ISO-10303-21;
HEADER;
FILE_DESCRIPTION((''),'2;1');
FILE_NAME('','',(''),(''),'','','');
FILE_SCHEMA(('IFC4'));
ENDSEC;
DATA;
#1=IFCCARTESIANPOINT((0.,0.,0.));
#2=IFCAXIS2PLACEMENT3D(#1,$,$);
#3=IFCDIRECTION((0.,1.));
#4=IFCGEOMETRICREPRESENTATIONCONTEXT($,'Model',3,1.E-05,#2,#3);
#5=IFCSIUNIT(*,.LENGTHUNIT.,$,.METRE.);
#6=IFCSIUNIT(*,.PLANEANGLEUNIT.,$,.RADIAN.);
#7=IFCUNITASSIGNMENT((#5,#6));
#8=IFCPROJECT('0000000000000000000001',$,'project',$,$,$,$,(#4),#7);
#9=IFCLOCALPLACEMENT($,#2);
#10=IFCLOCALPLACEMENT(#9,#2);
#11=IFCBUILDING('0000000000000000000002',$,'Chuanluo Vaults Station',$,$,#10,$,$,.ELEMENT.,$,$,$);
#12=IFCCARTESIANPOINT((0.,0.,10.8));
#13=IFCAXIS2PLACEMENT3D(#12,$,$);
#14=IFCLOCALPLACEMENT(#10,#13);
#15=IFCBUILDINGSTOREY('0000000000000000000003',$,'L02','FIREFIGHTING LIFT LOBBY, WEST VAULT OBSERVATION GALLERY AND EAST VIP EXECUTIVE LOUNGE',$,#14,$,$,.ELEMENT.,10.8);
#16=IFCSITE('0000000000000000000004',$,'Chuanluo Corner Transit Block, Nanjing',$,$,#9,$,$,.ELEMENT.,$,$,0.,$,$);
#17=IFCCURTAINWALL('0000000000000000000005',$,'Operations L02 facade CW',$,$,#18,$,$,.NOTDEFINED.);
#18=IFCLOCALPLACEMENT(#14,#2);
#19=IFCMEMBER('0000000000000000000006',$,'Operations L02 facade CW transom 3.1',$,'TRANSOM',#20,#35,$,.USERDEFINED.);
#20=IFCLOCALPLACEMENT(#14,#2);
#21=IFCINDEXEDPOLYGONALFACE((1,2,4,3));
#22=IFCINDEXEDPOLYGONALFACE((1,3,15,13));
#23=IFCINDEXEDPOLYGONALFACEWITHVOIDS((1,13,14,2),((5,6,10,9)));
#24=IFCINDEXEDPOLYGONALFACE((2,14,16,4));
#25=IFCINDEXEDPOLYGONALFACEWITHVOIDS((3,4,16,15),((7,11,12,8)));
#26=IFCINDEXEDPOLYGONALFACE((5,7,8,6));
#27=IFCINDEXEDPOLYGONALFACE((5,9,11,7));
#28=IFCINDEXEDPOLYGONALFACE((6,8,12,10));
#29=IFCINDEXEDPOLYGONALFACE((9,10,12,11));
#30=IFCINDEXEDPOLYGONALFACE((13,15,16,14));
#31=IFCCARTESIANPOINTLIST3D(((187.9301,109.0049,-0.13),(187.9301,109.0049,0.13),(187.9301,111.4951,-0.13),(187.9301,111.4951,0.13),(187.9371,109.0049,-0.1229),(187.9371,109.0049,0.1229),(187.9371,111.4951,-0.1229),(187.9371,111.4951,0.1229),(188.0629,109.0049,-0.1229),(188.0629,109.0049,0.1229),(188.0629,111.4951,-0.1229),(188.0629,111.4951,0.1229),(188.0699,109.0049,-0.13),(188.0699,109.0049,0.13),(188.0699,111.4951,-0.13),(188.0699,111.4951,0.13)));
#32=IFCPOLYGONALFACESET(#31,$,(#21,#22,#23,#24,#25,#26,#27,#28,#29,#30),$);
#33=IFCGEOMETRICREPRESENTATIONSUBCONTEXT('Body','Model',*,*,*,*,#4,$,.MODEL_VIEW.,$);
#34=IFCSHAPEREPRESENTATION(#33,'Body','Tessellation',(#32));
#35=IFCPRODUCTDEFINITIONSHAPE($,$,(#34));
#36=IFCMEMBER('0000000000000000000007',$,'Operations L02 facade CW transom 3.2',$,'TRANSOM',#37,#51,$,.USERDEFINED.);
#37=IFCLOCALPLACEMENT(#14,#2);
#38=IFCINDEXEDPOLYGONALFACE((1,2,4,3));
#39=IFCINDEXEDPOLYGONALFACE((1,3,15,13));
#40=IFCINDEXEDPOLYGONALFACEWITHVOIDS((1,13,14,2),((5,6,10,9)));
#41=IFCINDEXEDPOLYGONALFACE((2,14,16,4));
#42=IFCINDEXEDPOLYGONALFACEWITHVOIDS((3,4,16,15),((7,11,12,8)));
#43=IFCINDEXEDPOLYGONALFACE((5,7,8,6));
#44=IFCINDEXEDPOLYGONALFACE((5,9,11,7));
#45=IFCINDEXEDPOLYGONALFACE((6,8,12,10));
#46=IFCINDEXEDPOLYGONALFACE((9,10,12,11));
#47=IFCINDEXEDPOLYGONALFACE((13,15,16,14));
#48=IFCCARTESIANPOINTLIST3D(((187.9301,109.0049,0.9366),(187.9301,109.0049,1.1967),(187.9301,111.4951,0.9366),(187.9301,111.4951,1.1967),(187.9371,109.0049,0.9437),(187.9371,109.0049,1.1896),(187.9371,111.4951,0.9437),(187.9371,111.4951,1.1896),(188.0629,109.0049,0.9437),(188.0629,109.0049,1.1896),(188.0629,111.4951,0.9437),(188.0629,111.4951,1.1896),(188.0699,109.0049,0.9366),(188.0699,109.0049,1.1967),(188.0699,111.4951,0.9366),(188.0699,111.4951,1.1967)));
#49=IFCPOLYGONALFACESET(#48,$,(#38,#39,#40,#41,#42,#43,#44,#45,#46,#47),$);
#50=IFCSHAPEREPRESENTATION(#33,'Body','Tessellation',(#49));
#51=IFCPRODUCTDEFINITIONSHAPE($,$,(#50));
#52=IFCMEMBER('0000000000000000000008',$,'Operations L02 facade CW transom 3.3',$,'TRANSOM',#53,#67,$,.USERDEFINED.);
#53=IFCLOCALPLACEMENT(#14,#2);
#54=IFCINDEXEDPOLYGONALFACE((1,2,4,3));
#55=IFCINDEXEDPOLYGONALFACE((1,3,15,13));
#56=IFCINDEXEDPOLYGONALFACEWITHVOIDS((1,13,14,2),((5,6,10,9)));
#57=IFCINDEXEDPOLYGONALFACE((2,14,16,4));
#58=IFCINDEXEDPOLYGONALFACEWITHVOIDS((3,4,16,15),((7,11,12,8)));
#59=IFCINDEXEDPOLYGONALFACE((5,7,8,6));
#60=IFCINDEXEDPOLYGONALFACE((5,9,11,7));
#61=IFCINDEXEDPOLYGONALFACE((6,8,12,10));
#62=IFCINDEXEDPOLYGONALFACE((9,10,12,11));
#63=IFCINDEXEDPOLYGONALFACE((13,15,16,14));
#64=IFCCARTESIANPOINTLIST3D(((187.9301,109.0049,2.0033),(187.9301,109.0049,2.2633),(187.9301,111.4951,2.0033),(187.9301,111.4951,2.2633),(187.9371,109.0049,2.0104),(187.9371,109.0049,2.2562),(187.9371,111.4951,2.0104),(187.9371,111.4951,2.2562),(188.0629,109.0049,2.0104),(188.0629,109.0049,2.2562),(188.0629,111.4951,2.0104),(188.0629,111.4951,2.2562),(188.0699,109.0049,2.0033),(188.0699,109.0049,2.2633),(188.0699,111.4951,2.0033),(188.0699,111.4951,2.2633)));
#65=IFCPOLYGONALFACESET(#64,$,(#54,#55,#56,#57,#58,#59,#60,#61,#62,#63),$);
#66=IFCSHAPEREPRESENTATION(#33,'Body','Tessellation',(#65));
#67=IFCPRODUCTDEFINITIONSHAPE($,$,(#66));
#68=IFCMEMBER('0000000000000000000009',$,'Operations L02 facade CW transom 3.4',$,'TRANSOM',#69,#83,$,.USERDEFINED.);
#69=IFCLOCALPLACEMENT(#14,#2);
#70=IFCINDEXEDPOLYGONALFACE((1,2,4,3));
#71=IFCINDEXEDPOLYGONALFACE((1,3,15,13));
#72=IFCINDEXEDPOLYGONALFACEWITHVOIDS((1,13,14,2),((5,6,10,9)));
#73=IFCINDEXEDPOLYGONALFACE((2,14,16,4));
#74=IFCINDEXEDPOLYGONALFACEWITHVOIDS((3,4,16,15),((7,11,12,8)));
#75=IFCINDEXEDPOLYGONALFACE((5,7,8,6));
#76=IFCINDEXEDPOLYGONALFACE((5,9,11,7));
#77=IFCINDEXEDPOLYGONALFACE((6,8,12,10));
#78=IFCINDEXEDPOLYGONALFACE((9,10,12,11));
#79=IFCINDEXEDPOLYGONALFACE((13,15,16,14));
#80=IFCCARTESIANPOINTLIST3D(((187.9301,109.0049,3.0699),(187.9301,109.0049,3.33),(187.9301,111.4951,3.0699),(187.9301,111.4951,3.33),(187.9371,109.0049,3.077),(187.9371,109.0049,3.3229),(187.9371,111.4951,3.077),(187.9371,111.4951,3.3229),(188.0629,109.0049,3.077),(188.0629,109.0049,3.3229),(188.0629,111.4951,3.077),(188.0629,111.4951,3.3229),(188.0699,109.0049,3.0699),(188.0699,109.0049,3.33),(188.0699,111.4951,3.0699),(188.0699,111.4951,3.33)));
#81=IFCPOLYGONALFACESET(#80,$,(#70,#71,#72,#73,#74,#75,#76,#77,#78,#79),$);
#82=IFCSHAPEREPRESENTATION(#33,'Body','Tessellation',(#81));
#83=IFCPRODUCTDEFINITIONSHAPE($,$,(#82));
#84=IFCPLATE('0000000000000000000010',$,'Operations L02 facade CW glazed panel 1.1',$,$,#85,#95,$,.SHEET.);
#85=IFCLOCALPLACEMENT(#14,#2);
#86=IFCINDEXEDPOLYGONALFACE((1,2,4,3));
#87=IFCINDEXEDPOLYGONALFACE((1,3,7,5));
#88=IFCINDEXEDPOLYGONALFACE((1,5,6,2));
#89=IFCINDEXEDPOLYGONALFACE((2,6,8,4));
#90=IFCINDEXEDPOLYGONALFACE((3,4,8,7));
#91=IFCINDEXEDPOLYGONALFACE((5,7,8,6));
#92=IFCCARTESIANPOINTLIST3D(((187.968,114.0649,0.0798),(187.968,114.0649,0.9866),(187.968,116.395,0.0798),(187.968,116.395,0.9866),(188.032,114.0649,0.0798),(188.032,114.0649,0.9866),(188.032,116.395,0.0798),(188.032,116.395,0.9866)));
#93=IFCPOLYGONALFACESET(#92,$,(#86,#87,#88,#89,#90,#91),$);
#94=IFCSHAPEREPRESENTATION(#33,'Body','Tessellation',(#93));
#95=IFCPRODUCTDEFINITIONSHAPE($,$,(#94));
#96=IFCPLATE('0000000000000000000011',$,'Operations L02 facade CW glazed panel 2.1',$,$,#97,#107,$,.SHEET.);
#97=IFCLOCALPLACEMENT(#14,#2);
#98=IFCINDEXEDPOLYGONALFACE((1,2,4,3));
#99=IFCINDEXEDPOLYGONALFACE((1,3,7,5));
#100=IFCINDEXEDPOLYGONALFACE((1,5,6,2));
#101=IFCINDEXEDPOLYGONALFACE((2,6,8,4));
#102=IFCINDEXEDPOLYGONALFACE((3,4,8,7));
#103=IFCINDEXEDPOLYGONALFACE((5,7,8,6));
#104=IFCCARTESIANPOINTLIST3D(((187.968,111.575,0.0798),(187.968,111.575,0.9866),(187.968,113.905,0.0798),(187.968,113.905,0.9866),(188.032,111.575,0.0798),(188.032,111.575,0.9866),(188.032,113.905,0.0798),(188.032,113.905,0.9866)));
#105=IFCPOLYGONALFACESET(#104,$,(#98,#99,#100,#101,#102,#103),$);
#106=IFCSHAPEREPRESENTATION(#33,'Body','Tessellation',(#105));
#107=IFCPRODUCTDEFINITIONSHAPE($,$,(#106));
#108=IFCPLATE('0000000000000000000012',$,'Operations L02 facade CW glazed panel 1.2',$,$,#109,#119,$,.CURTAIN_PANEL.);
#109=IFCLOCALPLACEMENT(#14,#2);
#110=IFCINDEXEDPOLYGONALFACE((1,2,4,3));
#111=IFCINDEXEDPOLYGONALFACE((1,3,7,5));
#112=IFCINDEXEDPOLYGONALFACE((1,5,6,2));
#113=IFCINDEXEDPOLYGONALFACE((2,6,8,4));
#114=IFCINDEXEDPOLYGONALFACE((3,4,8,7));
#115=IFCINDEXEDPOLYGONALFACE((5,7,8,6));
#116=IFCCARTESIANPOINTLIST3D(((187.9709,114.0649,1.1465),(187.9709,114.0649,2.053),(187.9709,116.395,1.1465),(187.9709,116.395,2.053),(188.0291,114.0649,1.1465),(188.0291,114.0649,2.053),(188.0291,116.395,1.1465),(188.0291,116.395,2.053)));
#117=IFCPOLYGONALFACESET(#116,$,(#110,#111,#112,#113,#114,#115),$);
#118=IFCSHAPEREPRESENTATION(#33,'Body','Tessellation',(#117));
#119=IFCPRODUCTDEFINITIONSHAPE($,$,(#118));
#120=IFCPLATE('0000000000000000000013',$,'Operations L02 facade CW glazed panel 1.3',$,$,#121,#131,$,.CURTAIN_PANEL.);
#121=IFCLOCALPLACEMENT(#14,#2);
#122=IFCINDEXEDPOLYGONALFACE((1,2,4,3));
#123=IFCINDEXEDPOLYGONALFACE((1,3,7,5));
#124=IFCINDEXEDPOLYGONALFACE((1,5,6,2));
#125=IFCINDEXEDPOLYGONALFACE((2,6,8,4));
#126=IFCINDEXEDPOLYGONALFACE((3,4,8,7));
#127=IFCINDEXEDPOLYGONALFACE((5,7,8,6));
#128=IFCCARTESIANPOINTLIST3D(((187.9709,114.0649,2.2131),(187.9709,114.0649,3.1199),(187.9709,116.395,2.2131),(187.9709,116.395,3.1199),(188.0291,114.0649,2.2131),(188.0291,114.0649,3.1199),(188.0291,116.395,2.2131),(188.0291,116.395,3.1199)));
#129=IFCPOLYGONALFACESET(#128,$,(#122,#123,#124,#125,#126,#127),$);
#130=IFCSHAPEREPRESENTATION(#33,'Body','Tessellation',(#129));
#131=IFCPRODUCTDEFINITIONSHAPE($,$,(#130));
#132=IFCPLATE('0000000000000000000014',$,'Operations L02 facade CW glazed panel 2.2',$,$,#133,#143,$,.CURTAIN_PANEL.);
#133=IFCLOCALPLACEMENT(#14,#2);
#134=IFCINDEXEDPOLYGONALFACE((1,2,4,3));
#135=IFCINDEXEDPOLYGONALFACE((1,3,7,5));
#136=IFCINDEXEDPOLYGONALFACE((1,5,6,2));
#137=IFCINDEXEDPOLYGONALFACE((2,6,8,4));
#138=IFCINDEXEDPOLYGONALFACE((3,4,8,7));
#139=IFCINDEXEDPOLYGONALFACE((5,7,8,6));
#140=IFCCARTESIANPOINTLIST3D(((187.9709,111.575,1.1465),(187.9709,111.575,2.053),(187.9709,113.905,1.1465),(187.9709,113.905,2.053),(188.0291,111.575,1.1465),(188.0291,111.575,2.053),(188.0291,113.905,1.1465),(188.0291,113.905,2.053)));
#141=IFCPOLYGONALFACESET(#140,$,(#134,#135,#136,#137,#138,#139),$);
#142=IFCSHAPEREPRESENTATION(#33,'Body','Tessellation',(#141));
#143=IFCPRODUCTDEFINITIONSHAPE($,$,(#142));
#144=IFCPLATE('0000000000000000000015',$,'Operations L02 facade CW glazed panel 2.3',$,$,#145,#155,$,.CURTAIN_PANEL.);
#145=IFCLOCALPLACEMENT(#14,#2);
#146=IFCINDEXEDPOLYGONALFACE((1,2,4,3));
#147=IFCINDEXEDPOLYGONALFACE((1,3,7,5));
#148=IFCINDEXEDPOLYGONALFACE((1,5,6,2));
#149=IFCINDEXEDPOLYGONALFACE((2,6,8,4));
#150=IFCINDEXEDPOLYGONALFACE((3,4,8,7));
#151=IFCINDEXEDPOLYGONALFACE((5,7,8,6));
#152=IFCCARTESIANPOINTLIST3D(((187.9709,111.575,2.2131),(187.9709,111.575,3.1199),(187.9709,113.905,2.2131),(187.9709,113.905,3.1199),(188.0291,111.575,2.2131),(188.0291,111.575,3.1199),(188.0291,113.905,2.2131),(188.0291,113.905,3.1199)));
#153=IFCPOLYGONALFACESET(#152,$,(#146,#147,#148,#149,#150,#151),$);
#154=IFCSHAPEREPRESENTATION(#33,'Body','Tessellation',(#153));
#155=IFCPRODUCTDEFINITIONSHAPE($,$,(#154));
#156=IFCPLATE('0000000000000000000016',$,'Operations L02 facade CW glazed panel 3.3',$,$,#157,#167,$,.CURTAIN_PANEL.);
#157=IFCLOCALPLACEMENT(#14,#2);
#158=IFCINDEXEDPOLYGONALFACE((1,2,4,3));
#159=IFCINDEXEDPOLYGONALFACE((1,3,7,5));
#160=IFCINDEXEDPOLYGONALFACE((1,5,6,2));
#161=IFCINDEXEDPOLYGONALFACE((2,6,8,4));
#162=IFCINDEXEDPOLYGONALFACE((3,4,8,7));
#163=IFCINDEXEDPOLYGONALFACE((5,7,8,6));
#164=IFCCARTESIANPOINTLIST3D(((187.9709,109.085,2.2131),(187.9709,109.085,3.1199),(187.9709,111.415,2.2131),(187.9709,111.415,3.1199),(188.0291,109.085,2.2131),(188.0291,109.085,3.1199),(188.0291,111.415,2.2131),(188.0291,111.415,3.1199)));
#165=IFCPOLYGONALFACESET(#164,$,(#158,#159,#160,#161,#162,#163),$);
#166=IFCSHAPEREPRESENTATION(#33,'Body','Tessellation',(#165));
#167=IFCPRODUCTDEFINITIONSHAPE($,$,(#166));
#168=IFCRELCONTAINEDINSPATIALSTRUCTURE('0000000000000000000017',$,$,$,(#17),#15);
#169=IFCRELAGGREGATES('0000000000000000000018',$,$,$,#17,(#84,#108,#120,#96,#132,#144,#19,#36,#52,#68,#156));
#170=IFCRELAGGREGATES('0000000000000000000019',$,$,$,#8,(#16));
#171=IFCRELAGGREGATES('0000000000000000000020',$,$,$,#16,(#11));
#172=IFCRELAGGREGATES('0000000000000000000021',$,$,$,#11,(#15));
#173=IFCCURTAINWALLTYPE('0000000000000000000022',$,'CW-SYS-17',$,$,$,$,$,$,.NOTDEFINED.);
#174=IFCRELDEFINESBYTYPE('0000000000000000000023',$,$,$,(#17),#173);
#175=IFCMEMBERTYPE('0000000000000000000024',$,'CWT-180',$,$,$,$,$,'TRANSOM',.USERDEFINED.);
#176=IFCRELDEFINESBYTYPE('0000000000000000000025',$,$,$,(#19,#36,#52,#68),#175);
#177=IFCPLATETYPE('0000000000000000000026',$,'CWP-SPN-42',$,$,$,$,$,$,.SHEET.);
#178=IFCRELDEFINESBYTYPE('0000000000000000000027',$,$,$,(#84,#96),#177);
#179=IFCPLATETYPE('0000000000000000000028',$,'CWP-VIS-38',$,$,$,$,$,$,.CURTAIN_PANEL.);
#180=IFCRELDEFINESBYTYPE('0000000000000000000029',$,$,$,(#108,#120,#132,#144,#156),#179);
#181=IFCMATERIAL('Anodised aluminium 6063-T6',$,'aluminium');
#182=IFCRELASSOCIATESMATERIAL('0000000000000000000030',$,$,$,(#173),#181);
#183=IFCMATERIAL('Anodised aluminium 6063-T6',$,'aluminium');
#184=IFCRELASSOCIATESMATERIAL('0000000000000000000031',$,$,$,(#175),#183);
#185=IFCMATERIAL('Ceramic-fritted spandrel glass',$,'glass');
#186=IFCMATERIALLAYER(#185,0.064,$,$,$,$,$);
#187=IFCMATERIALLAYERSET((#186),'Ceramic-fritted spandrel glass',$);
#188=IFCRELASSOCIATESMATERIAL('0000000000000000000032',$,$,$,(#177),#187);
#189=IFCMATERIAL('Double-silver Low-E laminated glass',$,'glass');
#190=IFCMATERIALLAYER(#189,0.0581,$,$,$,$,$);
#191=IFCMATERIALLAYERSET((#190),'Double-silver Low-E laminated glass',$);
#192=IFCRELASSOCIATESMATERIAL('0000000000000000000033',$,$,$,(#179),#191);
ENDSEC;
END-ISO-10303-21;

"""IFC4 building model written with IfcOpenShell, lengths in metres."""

from ifc_helpers import new_model, si_unit, direction, frame, origin, origin_2d, place, context, subcontext, project, spatial, rectangle, hollow_rectangle, extrude, material, layer, layer_set, material_profile, profile_set, type_object, element, aggregate, save


model = new_model("IFC4")

# Units and contexts
model_context = context("Model", 3, precision=1e-05, world=origin(), true_north=direction((0.0, 1.0)))
body_context = subcontext(model_context, "Body", "Model", "MODEL_VIEW")
ifc_project = project(units=[si_unit("LENGTHUNIT", "METRE"), si_unit("PLANEANGLEUNIT", "RADIAN")], contexts=[model_context])

# Site, building, storey
site_placement = place(None, origin())
site = spatial("IfcSite", under=ifc_project, at=site_placement, Name="Chuanluo Corner Transit Block, Nanjing", CompositionType="ELEMENT", RefElevation=0.0)
building_placement = place(site_placement, origin())
building = spatial("IfcBuilding", under=site, at=building_placement, Name="Chuanluo Vaults Station", CompositionType="ELEMENT")
storey_placement = place(building_placement, frame((0.0, 0.0, 10.8)))
storey = spatial("IfcBuildingStorey", under=building, at=storey_placement, Name="L02", Description="FIREFIGHTING LIFT LOBBY, WEST VAULT OBSERVATION GALLERY AND EAST VIP EXECUTIVE LOUNGE", CompositionType="ELEMENT", Elevation=10.8)

# Curtain wall, members, plates
ifc_material_1 = material(Name="Anodised aluminium 6063-T6", Category="aluminium")
curtain_wall_type = type_object("IfcCurtainWallType", Name="CW-SYS-17", PredefinedType="NOTDEFINED", material=ifc_material_1)
curtain_wall_placement = place(storey_placement, origin())
curtain_wall = element("IfcCurtainWall", 1, at=curtain_wall_placement, inside=storey, type_object=curtain_wall_type, Name="Operations L02 facade CW", PredefinedType="NOTDEFINED")
ifc_material_2 = material(Name="Anodised aluminium 6063-T6", Category="aluminium")
ifc_material_profile_1 = material_profile(ifc_material_2, hollow_rectangle(XDim=0.1399, YDim=0.26, WallThickness=0.0071, at=origin_2d()))
ifc_profile_set_1 = profile_set([ifc_material_profile_1], Name="Anodised aluminium 6063-T6")
member_type_1 = type_object("IfcMemberType", Name="CWT-180", ElementType="TRANSOM", PredefinedType="USERDEFINED", material=ifc_profile_set_1)
member_1_placement = place(storey_placement, frame((188.0, 111.4951, 0.0), z_axis=(0.0, -1.0, 0.0), x_axis=(1.0, 0.0, 0.0)))
member_1 = element("IfcMember", 2, at=member_1_placement, type_object=member_type_1, Name="Operations L02 facade CW transom 3.1", ObjectType="TRANSOM", PredefinedType="USERDEFINED", context=body_context, shape_type="SweptSolid", body=[
    extrude(hollow_rectangle(XDim=0.1399, YDim=0.26, WallThickness=0.0071, at=origin_2d()), origin(), (0.0, 0.0, 1.0), 2.4902),
])
member_2_placement = place(storey_placement, frame((188.0, 111.4951, 1.0667), z_axis=(0.0, -1.0, 0.0), x_axis=(1.0, 0.0, 0.0)))
member_2 = element("IfcMember", 3, at=member_2_placement, type_object=member_type_1, Name="Operations L02 facade CW transom 3.2", ObjectType="TRANSOM", PredefinedType="USERDEFINED", context=body_context, shape_type="SweptSolid", body=[
    extrude(hollow_rectangle(XDim=0.1399, YDim=0.26, WallThickness=0.0071, at=origin_2d()), origin(), (0.0, 0.0, 1.0), 2.4902),
])
member_3_placement = place(storey_placement, frame((188.0, 111.4951, 2.1333), z_axis=(0.0, -1.0, 0.0), x_axis=(1.0, 0.0, 0.0)))
member_3 = element("IfcMember", 4, at=member_3_placement, type_object=member_type_1, Name="Operations L02 facade CW transom 3.3", ObjectType="TRANSOM", PredefinedType="USERDEFINED", context=body_context, shape_type="SweptSolid", body=[
    extrude(hollow_rectangle(XDim=0.1399, YDim=0.26, WallThickness=0.0071, at=origin_2d()), origin(), (0.0, 0.0, 1.0), 2.4902),
])
member_4_placement = place(storey_placement, frame((188.0, 111.4951, 3.2), z_axis=(0.0, -1.0, 0.0), x_axis=(1.0, 0.0, 0.0)))
member_4 = element("IfcMember", 5, at=member_4_placement, type_object=member_type_1, Name="Operations L02 facade CW transom 3.4", ObjectType="TRANSOM", PredefinedType="USERDEFINED", context=body_context, shape_type="SweptSolid", body=[
    extrude(hollow_rectangle(XDim=0.1399, YDim=0.26, WallThickness=0.0071, at=origin_2d()), origin(), (0.0, 0.0, 1.0), 2.4902),
])
ifc_material_3 = material(Name="Ceramic-fritted spandrel glass", Category="glass")
ifc_layer_1 = layer(ifc_material_3, 0.064)
ifc_layer_set_1 = layer_set([ifc_layer_1], Name="Ceramic-fritted spandrel glass")
plate_type_1 = type_object("IfcPlateType", Name="CWP-SPN-42", PredefinedType="SHEET", material=ifc_layer_set_1)
plate_1_placement = place(storey_placement, frame((188.0, 115.23, 0.0798), z_axis=(0.0, 0.0, 1.0), x_axis=(0.0, -1.0, 0.0)))
plate_1 = element("IfcPlate", 6, at=plate_1_placement, type_object=plate_type_1, Name="Operations L02 facade CW glazed panel 1.1", PredefinedType="SHEET", context=body_context, shape_type="SweptSolid", body=[
    extrude(rectangle(XDim=2.3301, YDim=0.064, at=origin_2d()), origin(), (0.0, 0.0, 1.0), 0.9067),
])
plate_2_placement = place(storey_placement, frame((188.0, 112.74, 0.0798), z_axis=(0.0, 0.0, 1.0), x_axis=(0.0, -1.0, 0.0)))
plate_2 = element("IfcPlate", 7, at=plate_2_placement, type_object=plate_type_1, Name="Operations L02 facade CW glazed panel 2.1", PredefinedType="SHEET", context=body_context, shape_type="SweptSolid", body=[
    extrude(rectangle(XDim=2.3301, YDim=0.064, at=origin_2d()), origin(), (0.0, 0.0, 1.0), 0.9067),
])
ifc_material_4 = material(Name="Double-silver Low-E laminated glass", Category="glass")
ifc_layer_2 = layer(ifc_material_4, 0.0581)
ifc_layer_set_2 = layer_set([ifc_layer_2], Name="Double-silver Low-E laminated glass")
plate_type_2 = type_object("IfcPlateType", Name="CWP-VIS-38", PredefinedType="CURTAIN_PANEL", material=ifc_layer_set_2)
plate_3_placement = place(storey_placement, frame((188.0, 115.23, 1.1465), z_axis=(0.0, 0.0, 1.0), x_axis=(0.0, -1.0, 0.0)))
plate_3 = element("IfcPlate", 8, at=plate_3_placement, type_object=plate_type_2, Name="Operations L02 facade CW glazed panel 1.2", PredefinedType="CURTAIN_PANEL", context=body_context, shape_type="SweptSolid", body=[
    extrude(rectangle(XDim=2.3301, YDim=0.0581, at=origin_2d()), origin(), (0.0, 0.0, 1.0), 0.9065),
])
plate_4_placement = place(storey_placement, frame((188.0, 115.23, 2.2131), z_axis=(0.0, 0.0, 1.0), x_axis=(0.0, -1.0, 0.0)))
plate_4 = element("IfcPlate", 9, at=plate_4_placement, type_object=plate_type_2, Name="Operations L02 facade CW glazed panel 1.3", PredefinedType="CURTAIN_PANEL", context=body_context, shape_type="SweptSolid", body=[
    extrude(rectangle(XDim=2.3301, YDim=0.0581, at=origin_2d()), origin(), (0.0, 0.0, 1.0), 0.9067),
])
plate_5_placement = place(storey_placement, frame((188.0, 112.74, 1.1465), z_axis=(0.0, 0.0, 1.0), x_axis=(0.0, -1.0, 0.0)))
plate_5 = element("IfcPlate", 10, at=plate_5_placement, type_object=plate_type_2, Name="Operations L02 facade CW glazed panel 2.2", PredefinedType="CURTAIN_PANEL", context=body_context, shape_type="SweptSolid", body=[
    extrude(rectangle(XDim=2.3301, YDim=0.0581, at=origin_2d()), origin(), (0.0, 0.0, 1.0), 0.9065),
])
plate_6_placement = place(storey_placement, frame((188.0, 112.74, 2.2131), z_axis=(0.0, 0.0, 1.0), x_axis=(0.0, -1.0, 0.0)))
plate_6 = element("IfcPlate", 11, at=plate_6_placement, type_object=plate_type_2, Name="Operations L02 facade CW glazed panel 2.3", PredefinedType="CURTAIN_PANEL", context=body_context, shape_type="SweptSolid", body=[
    extrude(rectangle(XDim=2.3301, YDim=0.0581, at=origin_2d()), origin(), (0.0, 0.0, 1.0), 0.9067),
])
plate_7_placement = place(storey_placement, frame((188.0, 110.25, 2.2131), z_axis=(0.0, 0.0, 1.0), x_axis=(0.0, -1.0, 0.0)))
plate_7 = element("IfcPlate", 12, at=plate_7_placement, type_object=plate_type_2, Name="Operations L02 facade CW glazed panel 3.3", PredefinedType="CURTAIN_PANEL", context=body_context, shape_type="SweptSolid", body=[
    extrude(rectangle(XDim=2.3301, YDim=0.0581, at=origin_2d()), origin(), (0.0, 0.0, 1.0), 0.9067),
])
aggregate(curtain_wall, [plate_1, plate_3, plate_4, plate_2, plate_5, plate_6, member_1, member_2, member_3, member_4, plate_7])

save(model, "model.ifc")
